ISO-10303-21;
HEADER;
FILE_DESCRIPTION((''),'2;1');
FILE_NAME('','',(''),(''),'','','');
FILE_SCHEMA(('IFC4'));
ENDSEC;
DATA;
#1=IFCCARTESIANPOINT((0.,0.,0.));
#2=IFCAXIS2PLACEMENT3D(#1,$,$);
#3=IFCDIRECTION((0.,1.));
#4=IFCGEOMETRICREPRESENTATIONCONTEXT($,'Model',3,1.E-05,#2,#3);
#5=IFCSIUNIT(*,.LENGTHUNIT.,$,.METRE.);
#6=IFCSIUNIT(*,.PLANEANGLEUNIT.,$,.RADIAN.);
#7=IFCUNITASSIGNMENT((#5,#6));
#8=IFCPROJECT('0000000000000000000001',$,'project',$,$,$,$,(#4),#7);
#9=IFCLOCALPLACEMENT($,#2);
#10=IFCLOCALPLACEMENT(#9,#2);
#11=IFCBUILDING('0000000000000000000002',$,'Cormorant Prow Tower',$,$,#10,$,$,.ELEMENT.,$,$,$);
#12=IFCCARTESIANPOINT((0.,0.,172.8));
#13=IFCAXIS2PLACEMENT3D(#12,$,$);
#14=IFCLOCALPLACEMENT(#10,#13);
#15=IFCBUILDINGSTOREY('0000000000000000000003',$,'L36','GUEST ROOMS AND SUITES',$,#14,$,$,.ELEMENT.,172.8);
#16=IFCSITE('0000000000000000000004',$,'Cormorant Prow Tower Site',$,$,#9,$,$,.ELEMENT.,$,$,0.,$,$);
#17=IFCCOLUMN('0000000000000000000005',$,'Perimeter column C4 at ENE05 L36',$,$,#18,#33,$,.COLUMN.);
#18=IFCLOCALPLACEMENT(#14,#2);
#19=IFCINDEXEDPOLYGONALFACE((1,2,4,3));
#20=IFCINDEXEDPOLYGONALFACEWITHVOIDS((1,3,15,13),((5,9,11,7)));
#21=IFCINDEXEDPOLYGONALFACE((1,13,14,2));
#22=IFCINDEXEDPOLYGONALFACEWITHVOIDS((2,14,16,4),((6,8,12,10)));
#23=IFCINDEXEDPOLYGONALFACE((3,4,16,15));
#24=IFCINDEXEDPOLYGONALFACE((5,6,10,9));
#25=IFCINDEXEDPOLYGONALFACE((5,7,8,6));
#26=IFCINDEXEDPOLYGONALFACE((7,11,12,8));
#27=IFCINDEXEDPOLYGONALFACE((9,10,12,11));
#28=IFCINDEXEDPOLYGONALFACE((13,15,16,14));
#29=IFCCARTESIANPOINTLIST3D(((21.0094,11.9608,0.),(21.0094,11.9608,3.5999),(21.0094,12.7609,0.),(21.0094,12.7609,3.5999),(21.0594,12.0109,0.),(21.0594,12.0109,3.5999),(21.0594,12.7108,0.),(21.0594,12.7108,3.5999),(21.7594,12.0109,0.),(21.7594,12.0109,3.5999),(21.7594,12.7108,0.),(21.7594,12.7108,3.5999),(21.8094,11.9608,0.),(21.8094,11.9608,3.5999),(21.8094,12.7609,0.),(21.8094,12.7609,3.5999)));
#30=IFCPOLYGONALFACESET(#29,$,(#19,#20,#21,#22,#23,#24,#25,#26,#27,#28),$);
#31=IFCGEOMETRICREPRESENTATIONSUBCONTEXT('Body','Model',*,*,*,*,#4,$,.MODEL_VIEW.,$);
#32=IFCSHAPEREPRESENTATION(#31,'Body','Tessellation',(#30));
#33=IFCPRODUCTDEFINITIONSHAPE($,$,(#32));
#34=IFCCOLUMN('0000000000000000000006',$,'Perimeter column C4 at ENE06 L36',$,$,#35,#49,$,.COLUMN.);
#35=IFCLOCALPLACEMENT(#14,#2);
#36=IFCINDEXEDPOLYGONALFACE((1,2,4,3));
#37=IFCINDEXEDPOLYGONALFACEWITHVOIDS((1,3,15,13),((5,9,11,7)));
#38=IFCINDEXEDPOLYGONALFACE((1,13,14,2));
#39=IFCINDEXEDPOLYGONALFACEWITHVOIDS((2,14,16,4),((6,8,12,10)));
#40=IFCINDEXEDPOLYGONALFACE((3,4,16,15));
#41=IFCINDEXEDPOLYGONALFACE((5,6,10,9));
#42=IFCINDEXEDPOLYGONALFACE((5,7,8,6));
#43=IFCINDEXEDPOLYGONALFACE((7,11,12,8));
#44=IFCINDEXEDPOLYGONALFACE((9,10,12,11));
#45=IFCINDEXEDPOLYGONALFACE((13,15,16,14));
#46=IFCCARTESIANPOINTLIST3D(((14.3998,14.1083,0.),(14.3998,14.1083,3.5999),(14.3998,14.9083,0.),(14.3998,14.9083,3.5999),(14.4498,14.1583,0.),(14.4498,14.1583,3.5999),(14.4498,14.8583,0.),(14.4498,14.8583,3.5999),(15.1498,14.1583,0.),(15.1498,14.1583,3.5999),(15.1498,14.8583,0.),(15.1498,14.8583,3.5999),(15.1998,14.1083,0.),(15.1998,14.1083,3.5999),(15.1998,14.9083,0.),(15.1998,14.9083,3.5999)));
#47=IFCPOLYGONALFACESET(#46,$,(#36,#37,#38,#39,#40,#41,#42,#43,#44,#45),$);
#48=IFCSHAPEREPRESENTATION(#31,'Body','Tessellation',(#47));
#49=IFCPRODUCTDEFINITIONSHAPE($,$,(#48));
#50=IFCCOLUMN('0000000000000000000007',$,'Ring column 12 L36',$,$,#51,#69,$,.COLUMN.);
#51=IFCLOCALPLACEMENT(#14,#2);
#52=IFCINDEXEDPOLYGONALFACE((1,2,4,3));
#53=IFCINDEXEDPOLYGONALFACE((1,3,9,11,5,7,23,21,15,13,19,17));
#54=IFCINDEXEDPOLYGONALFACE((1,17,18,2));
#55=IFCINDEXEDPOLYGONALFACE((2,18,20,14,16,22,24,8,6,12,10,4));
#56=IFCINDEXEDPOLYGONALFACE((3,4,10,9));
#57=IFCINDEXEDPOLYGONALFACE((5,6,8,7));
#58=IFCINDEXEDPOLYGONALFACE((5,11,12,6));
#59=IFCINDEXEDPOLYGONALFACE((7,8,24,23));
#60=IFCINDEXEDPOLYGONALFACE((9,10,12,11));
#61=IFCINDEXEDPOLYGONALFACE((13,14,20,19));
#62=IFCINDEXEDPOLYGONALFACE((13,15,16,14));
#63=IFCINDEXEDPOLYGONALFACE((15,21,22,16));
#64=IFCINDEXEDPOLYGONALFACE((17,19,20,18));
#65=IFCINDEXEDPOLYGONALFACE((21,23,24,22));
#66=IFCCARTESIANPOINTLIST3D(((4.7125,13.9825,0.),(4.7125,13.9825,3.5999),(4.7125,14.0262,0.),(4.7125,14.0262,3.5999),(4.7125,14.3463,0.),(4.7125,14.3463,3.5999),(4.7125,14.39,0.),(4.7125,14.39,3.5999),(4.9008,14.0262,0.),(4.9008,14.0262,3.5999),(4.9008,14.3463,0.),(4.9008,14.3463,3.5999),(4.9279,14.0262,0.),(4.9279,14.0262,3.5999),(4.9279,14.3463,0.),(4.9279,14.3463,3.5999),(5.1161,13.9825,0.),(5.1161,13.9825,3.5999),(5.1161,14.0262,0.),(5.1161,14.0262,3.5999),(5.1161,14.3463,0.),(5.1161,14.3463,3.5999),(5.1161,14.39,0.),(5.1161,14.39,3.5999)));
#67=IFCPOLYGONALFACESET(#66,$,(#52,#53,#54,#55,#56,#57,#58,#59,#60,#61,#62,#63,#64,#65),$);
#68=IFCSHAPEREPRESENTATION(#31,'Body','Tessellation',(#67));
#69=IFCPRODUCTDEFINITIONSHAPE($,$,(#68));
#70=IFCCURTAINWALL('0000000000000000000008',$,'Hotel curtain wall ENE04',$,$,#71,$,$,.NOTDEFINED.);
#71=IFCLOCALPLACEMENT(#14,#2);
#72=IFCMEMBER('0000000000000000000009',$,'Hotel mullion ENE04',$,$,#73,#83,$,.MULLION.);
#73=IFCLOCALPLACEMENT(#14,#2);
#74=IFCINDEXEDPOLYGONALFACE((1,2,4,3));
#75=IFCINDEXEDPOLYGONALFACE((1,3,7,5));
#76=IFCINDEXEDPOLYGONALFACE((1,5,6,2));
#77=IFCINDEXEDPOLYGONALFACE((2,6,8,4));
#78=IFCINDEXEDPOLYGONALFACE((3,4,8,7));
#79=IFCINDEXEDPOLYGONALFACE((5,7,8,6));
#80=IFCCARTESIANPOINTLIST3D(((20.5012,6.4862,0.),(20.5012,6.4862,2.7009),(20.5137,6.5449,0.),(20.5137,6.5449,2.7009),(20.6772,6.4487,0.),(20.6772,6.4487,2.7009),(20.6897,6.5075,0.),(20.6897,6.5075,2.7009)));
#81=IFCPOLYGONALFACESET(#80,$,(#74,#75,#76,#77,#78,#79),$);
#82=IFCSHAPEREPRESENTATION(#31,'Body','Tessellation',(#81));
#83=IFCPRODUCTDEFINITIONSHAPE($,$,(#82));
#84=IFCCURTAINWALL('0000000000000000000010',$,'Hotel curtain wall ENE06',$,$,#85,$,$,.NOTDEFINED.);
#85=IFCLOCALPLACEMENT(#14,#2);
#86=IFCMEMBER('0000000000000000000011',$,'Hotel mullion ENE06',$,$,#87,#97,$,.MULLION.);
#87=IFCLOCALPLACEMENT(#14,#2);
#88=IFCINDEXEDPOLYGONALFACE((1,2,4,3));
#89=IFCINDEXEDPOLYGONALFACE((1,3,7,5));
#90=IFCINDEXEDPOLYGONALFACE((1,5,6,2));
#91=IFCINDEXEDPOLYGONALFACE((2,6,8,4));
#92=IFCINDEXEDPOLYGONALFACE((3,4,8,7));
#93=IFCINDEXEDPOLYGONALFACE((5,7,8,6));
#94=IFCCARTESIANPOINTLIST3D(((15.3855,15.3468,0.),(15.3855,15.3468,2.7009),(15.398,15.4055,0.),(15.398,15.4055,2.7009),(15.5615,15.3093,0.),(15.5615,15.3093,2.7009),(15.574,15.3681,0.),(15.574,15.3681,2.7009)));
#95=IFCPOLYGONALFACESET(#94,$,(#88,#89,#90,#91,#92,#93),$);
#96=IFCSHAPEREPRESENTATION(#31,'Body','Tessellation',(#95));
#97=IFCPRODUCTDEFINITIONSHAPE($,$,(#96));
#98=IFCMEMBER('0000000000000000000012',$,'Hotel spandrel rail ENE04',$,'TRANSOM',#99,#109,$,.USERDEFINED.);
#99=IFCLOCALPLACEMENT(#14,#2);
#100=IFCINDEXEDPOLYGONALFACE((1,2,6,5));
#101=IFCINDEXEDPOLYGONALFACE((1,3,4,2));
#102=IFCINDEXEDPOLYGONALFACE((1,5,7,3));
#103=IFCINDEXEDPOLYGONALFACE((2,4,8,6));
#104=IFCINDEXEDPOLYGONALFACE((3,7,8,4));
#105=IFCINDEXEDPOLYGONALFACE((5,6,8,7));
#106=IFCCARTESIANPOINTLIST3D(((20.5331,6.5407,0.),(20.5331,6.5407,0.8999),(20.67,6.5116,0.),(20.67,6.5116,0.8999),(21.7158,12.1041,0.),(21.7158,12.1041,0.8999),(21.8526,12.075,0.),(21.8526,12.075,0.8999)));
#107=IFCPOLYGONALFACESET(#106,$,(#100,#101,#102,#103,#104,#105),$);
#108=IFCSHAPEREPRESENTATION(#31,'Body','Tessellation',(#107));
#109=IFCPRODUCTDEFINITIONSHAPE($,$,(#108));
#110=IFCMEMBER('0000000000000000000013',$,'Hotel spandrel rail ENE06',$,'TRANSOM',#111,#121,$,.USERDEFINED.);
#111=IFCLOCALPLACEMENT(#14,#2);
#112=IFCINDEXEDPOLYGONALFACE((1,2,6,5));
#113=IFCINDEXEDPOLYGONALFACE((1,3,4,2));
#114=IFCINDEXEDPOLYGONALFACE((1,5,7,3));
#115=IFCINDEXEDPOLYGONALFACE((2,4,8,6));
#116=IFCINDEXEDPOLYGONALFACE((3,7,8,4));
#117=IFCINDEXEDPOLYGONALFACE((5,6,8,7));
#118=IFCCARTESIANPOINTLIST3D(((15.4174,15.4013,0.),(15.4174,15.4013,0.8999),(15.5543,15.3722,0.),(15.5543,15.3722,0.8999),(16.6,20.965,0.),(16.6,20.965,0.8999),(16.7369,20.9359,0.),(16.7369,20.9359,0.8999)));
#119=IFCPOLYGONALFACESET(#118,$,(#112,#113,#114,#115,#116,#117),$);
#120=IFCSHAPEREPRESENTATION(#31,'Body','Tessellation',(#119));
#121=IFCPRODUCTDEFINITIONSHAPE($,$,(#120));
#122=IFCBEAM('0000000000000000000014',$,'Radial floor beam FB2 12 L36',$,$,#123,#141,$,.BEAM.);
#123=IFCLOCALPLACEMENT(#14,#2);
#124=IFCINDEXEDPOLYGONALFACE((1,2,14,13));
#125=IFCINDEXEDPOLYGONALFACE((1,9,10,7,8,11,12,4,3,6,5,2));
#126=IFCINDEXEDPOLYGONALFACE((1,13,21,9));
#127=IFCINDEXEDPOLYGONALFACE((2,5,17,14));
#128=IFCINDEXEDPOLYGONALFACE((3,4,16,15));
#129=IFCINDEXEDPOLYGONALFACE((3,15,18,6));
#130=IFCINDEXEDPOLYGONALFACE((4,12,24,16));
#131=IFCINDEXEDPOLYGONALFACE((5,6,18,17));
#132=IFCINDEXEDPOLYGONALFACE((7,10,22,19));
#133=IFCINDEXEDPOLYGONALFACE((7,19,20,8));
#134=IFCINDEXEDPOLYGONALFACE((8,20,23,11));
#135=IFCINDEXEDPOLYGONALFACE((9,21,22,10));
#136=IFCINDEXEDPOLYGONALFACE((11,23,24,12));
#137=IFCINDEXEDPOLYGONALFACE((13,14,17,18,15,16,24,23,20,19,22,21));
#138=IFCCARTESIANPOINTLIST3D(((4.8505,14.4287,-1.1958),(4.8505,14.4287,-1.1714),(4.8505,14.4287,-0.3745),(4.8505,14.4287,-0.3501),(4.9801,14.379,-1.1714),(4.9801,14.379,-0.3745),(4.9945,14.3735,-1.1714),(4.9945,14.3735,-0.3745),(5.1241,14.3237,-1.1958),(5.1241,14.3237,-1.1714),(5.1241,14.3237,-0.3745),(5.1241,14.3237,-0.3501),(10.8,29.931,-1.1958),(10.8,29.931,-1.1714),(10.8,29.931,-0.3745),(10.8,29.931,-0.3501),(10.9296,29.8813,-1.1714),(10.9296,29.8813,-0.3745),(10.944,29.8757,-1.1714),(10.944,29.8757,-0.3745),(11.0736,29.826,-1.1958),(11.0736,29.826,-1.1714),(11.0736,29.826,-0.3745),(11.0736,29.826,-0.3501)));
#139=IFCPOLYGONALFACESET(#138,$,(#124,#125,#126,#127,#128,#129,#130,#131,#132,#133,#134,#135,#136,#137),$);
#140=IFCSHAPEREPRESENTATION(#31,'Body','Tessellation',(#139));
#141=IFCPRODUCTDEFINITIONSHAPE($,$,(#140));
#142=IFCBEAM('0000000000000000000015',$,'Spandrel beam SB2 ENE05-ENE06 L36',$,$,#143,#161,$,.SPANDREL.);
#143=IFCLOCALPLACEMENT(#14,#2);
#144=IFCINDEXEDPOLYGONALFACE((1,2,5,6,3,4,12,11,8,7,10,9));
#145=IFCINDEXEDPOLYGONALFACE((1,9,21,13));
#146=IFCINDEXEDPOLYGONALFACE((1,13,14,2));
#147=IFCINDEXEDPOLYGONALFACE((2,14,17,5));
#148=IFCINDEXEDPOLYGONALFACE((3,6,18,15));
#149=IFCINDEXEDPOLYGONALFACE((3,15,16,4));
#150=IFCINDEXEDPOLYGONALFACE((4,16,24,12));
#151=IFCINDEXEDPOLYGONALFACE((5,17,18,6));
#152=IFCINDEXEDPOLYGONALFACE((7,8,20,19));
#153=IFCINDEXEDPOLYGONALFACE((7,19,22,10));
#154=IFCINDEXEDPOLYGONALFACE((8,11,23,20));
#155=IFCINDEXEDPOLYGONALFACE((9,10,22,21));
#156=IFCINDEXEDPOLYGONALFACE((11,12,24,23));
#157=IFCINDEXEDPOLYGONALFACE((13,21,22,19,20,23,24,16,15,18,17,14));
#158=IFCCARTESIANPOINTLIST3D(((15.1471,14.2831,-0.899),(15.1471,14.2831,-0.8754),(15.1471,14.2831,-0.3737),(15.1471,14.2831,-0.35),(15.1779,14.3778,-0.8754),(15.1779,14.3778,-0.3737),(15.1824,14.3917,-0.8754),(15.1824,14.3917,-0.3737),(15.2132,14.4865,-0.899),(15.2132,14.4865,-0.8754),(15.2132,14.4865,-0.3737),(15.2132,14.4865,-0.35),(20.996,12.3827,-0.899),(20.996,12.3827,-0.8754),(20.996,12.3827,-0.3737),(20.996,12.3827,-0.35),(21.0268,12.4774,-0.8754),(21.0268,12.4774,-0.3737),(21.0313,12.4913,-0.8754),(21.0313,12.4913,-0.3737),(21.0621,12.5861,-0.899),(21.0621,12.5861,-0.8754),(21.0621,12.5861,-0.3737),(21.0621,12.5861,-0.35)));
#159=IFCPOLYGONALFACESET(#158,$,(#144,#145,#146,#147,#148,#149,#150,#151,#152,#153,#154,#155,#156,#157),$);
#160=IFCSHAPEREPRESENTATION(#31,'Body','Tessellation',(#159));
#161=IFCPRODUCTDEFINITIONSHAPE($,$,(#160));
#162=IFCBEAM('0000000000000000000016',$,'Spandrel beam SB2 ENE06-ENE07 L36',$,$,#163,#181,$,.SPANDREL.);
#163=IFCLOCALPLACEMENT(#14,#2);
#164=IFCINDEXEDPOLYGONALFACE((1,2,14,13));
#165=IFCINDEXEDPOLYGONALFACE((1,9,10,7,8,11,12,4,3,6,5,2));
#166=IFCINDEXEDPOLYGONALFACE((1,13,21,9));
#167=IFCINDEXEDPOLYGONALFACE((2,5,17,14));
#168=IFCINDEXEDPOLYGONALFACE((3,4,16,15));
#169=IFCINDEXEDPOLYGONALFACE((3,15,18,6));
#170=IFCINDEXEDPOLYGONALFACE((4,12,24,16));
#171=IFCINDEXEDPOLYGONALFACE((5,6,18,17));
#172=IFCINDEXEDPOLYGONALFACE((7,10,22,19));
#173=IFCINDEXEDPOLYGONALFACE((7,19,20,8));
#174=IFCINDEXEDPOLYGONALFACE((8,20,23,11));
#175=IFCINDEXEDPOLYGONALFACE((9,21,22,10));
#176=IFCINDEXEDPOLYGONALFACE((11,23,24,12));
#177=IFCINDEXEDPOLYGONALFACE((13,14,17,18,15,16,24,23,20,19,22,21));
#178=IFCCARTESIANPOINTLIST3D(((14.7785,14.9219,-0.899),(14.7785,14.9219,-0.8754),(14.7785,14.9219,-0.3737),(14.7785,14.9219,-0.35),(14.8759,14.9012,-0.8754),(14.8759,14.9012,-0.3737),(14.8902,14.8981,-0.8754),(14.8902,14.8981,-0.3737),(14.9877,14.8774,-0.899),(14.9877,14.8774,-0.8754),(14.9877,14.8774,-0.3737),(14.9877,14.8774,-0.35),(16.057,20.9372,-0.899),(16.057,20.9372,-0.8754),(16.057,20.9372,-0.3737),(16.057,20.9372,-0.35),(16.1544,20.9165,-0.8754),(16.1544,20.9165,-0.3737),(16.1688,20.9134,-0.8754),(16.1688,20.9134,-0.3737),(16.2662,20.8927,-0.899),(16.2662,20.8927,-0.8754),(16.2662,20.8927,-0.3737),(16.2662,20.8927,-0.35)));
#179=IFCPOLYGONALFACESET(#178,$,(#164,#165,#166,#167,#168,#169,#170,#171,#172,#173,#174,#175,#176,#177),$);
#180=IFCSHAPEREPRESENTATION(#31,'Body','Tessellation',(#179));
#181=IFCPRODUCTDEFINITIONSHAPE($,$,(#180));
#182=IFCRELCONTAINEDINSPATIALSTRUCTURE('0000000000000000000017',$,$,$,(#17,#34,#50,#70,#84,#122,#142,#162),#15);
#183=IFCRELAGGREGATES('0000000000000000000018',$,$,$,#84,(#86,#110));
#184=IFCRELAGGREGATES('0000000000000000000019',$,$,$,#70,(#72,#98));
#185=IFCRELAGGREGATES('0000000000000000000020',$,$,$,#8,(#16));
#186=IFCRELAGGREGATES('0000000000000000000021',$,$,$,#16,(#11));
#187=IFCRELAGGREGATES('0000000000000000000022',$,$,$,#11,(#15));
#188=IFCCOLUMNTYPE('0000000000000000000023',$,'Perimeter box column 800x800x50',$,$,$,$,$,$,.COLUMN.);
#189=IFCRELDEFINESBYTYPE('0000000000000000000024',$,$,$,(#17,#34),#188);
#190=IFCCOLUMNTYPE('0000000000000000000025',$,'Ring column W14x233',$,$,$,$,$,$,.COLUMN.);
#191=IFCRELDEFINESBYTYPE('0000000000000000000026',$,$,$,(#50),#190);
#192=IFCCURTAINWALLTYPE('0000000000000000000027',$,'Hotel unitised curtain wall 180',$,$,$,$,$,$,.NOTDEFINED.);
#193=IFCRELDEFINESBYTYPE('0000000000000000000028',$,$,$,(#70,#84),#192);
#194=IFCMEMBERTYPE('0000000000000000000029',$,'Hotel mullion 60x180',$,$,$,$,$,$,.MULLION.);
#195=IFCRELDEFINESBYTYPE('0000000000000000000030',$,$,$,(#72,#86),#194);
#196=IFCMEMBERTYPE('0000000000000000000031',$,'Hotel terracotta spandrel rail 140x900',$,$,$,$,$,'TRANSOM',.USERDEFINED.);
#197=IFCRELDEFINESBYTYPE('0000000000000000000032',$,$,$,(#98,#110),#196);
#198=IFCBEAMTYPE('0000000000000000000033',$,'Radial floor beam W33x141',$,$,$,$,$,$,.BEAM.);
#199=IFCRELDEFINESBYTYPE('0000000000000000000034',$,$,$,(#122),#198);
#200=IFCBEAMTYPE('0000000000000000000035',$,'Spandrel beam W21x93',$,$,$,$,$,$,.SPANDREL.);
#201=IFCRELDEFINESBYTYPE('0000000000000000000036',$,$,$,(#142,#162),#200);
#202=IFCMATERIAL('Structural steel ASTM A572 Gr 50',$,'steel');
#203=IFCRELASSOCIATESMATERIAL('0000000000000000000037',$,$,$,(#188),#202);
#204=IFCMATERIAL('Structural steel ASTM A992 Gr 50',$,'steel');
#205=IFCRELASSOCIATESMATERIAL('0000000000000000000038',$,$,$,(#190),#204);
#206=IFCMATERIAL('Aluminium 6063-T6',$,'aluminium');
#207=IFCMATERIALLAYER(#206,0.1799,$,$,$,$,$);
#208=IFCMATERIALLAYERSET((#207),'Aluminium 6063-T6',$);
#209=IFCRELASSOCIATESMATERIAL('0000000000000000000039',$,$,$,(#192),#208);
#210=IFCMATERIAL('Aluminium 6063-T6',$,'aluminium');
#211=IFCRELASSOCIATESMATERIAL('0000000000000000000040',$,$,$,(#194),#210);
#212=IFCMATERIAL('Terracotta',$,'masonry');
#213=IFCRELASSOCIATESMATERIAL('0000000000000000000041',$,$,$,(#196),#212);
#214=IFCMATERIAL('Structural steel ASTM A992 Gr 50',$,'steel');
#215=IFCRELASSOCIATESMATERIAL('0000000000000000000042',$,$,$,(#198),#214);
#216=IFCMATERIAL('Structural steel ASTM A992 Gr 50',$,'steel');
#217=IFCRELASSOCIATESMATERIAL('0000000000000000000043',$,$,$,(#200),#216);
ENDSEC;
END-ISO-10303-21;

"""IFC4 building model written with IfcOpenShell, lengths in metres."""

from ifc_helpers import new_model, si_unit, direction, frame, origin, origin_2d, place, context, subcontext, project, spatial, rectangle, hollow_rectangle, i_section, extrude, material, layer, layer_set, material_profile, profile_set, type_object, element, aggregate, save


model = new_model("IFC4")

# Units and contexts
model_context = context("Model", 3, precision=1e-05, world=origin(), true_north=direction((0.0, 1.0)))
body_context = subcontext(model_context, "Body", "Model", "MODEL_VIEW")
ifc_project = project(units=[si_unit("LENGTHUNIT", "METRE"), si_unit("PLANEANGLEUNIT", "RADIAN")], contexts=[model_context])

# Site, building, storey
site_placement = place(None, origin())
site = spatial("IfcSite", under=ifc_project, at=site_placement, Name="Cormorant Prow Tower Site", CompositionType="ELEMENT", RefElevation=0.0)
building_placement = place(site_placement, origin())
building = spatial("IfcBuilding", under=site, at=building_placement, Name="Cormorant Prow Tower", CompositionType="ELEMENT")
storey_placement = place(building_placement, frame((0.0, 0.0, 172.8)))
storey = spatial("IfcBuildingStorey", under=building, at=storey_placement, Name="L36", Description="GUEST ROOMS AND SUITES", CompositionType="ELEMENT", Elevation=172.8)

# Columns
ifc_material_1 = material(Name="Structural steel ASTM A572 Gr 50", Category="steel")
ifc_material_profile_1 = material_profile(ifc_material_1, hollow_rectangle(XDim=0.8, YDim=0.8, WallThickness=0.05, at=origin_2d()), Name="Box 800x800x50")
ifc_profile_set_1 = profile_set([ifc_material_profile_1], Name="Structural steel ASTM A572 Gr 50")
column_type_1 = type_object("IfcColumnType", Name="Perimeter box column 800x800x50", PredefinedType="COLUMN", material=ifc_profile_set_1)
for number, where, z_axis, x_axis, name in (
    (1, (21.4094, 12.3608, 0.0), (0.0, 0.0, 1.0), (1.0, 0.0, 0.0), "Perimeter column C4 at ENE05 L36"),
    (2, (14.7998, 14.5083, 0.0), (0.0, 0.0, 1.0), (1.0, 0.0, 0.0), "Perimeter column C4 at ENE06 L36"),
):
    element("IfcColumn", number, at=place(storey_placement, frame(where, z_axis=z_axis, x_axis=x_axis)), inside=storey, type_object=column_type_1, Name=name, PredefinedType="COLUMN", context=body_context, shape_type="SweptSolid", body=[
        extrude(hollow_rectangle(XDim=0.8, YDim=0.8, WallThickness=0.05, at=origin_2d()), origin(), (0.0, 0.0, 1.0), 3.5999),
    ])
ifc_material_2 = material(Name="Structural steel ASTM A992 Gr 50", Category="steel")
ifc_material_profile_2 = material_profile(ifc_material_2, i_section(OverallWidth=0.4036, OverallDepth=0.4075, WebThickness=0.0271, FlangeThickness=0.0437, at=origin_2d()), Name="W14x233")
ifc_profile_set_2 = profile_set([ifc_material_profile_2], Name="Structural steel ASTM A992 Gr 50")
column_type_2 = type_object("IfcColumnType", Name="Ring column W14x233", PredefinedType="COLUMN", material=ifc_profile_set_2)
column_placement = place(storey_placement, frame((4.9143, 14.1863, 0.0), z_axis=(0.0, 0.0, 1.0), x_axis=(1.0, 0.0, 0.0)))
element("IfcColumn", 3, at=column_placement, inside=storey, type_object=column_type_2, Name="Ring column 12 L36", PredefinedType="COLUMN", context=body_context, shape_type="SweptSolid", body=[
    extrude(i_section(OverallWidth=0.4036, OverallDepth=0.4075, WebThickness=0.0271, FlangeThickness=0.0437, at=origin_2d()), origin(), (0.0, 0.0, 1.0), 3.5999),
])

# Curtain walls, members
ifc_material_3 = material(Name="Aluminium 6063-T6", Category="aluminium")
ifc_layer_1 = layer(ifc_material_3, 0.1799)
ifc_layer_set_1 = layer_set([ifc_layer_1], Name="Aluminium 6063-T6")
curtain_wall_type = type_object("IfcCurtainWallType", Name="Hotel unitised curtain wall 180", PredefinedType="NOTDEFINED", material=ifc_layer_set_1)
curtain_wall_1_placement = place(storey_placement, origin())
curtain_wall_1 = element("IfcCurtainWall", 4, at=curtain_wall_1_placement, inside=storey, type_object=curtain_wall_type, Name="Hotel curtain wall ENE04", PredefinedType="NOTDEFINED")
ifc_material_4 = material(Name="Aluminium 6063-T6", Category="aluminium")
ifc_material_profile_3 = material_profile(ifc_material_4, rectangle(XDim=0.1799, YDim=0.0601, at=origin_2d()), Name="Hotel mullion 60x180")
ifc_profile_set_3 = profile_set([ifc_material_profile_3], Name="Aluminium 6063-T6")
member_type_1 = type_object("IfcMemberType", Name="Hotel mullion 60x180", PredefinedType="MULLION", material=ifc_profile_set_3)
member_1_placement = place(storey_placement, frame((20.5955, 6.4968, 0.0), z_axis=(0.0, 0.0, 1.0), x_axis=(-0.978148, 0.207912, 0.0)))
member_1 = element("IfcMember", 5, at=member_1_placement, type_object=member_type_1, Name="Hotel mullion ENE04", PredefinedType="MULLION", context=body_context, shape_type="SweptSolid", body=[
    extrude(rectangle(XDim=0.1799, YDim=0.0601, at=origin_2d()), origin(), (0.0, 0.0, 1.0), 2.7009),
])
curtain_wall_2_placement = place(storey_placement, origin())
curtain_wall_2 = element("IfcCurtainWall", 6, at=curtain_wall_2_placement, inside=storey, type_object=curtain_wall_type, Name="Hotel curtain wall ENE06", PredefinedType="NOTDEFINED")
member_2_placement = place(storey_placement, frame((15.4797, 15.3574, 0.0), z_axis=(0.0, 0.0, 1.0), x_axis=(-0.978148, 0.207912, 0.0)))
member_2 = element("IfcMember", 7, at=member_2_placement, type_object=member_type_1, Name="Hotel mullion ENE06", PredefinedType="MULLION", context=body_context, shape_type="SweptSolid", body=[
    extrude(rectangle(XDim=0.1799, YDim=0.0601, at=origin_2d()), origin(), (0.0, 0.0, 1.0), 2.7009),
])

# Members
ifc_material_5 = material(Name="Terracotta", Category="masonry")
ifc_material_profile_4 = material_profile(ifc_material_5, rectangle(XDim=0.1399, YDim=0.8999, at=origin_2d()), Name="Hotel terracotta spandrel rail 140x900")
ifc_profile_set_4 = profile_set([ifc_material_profile_4], Name="Terracotta")
member_type_2 = type_object("IfcMemberType", Name="Hotel terracotta spandrel rail 140x900", ElementType="TRANSOM", PredefinedType="USERDEFINED", material=ifc_profile_set_4)
member_3_placement = place(storey_placement, frame((20.6016, 6.5261, 0.45), z_axis=(0.207922, 0.978145, 0.0), x_axis=(-0.978145, 0.207922, 0.0)))
member_3 = element("IfcMember", 8, at=member_3_placement, type_object=member_type_2, Name="Hotel spandrel rail ENE04", ObjectType="TRANSOM", PredefinedType="USERDEFINED", context=body_context, shape_type="SweptSolid", body=[
    extrude(rectangle(XDim=0.1399, YDim=0.8999, at=origin_2d()), origin(), (0.0, 0.0, 1.0), 5.6877),
])
member_4_placement = place(storey_placement, frame((15.4858, 15.3867, 0.45), z_axis=(0.207914, 0.978147, 0.0), x_axis=(-0.978147, 0.207914, 0.0)))
member_4 = element("IfcMember", 9, at=member_4_placement, type_object=member_type_2, Name="Hotel spandrel rail ENE06", ObjectType="TRANSOM", PredefinedType="USERDEFINED", context=body_context, shape_type="SweptSolid", body=[
    extrude(rectangle(XDim=0.1399, YDim=0.8999, at=origin_2d()), origin(), (0.0, 0.0, 1.0), 5.688),
])
aggregate(curtain_wall_2, [member_2, member_4])

# Beams
ifc_material_6 = material(Name="Structural steel ASTM A992 Gr 50", Category="steel")
ifc_material_profile_5 = material_profile(ifc_material_6, i_section(OverallWidth=0.293, OverallDepth=0.8457, WebThickness=0.0154, FlangeThickness=0.0244, at=origin_2d()), Name="W33x141")
ifc_profile_set_5 = profile_set([ifc_material_profile_5], Name="Structural steel ASTM A992 Gr 50")
beam_type_1 = type_object("IfcBeamType", Name="Radial floor beam W33x141", PredefinedType="BEAM", material=ifc_profile_set_5)
beam_1_placement = place(storey_placement, frame((4.9873, 14.3762, -0.7729), z_axis=(0.358301, 0.933606, 0.0), x_axis=(-0.933606, 0.358301, 0.0)))
element("IfcBeam", 10, at=beam_1_placement, inside=storey, type_object=beam_type_1, Name="Radial floor beam FB2 12 L36", PredefinedType="BEAM", context=body_context, shape_type="SweptSolid", body=[
    extrude(i_section(OverallWidth=0.293, OverallDepth=0.8457, WebThickness=0.0154, FlangeThickness=0.0244, at=origin_2d()), origin(), (0.0, 0.0, 1.0), 16.6047),
])
ifc_material_7 = material(Name="Structural steel ASTM A992 Gr 50", Category="steel")
ifc_material_profile_6 = material_profile(ifc_material_7, i_section(OverallWidth=0.2139, OverallDepth=0.5491, WebThickness=0.0146, FlangeThickness=0.0237, at=origin_2d()), Name="W21x93")
ifc_profile_set_6 = profile_set([ifc_material_profile_6], Name="Structural steel ASTM A992 Gr 50")
beam_type_2 = type_object("IfcBeamType", Name="Spandrel beam W21x93", PredefinedType="SPANDREL", material=ifc_profile_set_6)
beam_2_placement = place(storey_placement, frame((21.0291, 12.4844, -0.6245), z_axis=(-0.951058, 0.309013, 0.0), x_axis=(-0.309013, -0.951058, 0.0)))
element("IfcBeam", 11, at=beam_2_placement, inside=storey, type_object=beam_type_2, Name="Spandrel beam SB2 ENE05-ENE06 L36", PredefinedType="SPANDREL", context=body_context, shape_type="SweptSolid", body=[
    extrude(i_section(OverallWidth=0.2139, OverallDepth=0.5491, WebThickness=0.0146, FlangeThickness=0.0237, at=origin_2d()), origin(), (0.0, 0.0, 1.0), 6.1499),
])
beam_3_placement = place(storey_placement, frame((14.8831, 14.8997, -0.6245), z_axis=(0.207905, 0.978149, 0.0), x_axis=(-0.978149, 0.207905, 0.0)))
element("IfcBeam", 12, at=beam_3_placement, inside=storey, type_object=beam_type_2, Name="Spandrel beam SB2 ENE06-ENE07 L36", PredefinedType="SPANDREL", context=body_context, shape_type="SweptSolid", body=[
    extrude(i_section(OverallWidth=0.2139, OverallDepth=0.5491, WebThickness=0.0146, FlangeThickness=0.0237, at=origin_2d()), origin(), (0.0, 0.0, 1.0), 6.1497),
])

aggregate(curtain_wall_1, [member_1, member_3])

save(model, "model.ifc")
